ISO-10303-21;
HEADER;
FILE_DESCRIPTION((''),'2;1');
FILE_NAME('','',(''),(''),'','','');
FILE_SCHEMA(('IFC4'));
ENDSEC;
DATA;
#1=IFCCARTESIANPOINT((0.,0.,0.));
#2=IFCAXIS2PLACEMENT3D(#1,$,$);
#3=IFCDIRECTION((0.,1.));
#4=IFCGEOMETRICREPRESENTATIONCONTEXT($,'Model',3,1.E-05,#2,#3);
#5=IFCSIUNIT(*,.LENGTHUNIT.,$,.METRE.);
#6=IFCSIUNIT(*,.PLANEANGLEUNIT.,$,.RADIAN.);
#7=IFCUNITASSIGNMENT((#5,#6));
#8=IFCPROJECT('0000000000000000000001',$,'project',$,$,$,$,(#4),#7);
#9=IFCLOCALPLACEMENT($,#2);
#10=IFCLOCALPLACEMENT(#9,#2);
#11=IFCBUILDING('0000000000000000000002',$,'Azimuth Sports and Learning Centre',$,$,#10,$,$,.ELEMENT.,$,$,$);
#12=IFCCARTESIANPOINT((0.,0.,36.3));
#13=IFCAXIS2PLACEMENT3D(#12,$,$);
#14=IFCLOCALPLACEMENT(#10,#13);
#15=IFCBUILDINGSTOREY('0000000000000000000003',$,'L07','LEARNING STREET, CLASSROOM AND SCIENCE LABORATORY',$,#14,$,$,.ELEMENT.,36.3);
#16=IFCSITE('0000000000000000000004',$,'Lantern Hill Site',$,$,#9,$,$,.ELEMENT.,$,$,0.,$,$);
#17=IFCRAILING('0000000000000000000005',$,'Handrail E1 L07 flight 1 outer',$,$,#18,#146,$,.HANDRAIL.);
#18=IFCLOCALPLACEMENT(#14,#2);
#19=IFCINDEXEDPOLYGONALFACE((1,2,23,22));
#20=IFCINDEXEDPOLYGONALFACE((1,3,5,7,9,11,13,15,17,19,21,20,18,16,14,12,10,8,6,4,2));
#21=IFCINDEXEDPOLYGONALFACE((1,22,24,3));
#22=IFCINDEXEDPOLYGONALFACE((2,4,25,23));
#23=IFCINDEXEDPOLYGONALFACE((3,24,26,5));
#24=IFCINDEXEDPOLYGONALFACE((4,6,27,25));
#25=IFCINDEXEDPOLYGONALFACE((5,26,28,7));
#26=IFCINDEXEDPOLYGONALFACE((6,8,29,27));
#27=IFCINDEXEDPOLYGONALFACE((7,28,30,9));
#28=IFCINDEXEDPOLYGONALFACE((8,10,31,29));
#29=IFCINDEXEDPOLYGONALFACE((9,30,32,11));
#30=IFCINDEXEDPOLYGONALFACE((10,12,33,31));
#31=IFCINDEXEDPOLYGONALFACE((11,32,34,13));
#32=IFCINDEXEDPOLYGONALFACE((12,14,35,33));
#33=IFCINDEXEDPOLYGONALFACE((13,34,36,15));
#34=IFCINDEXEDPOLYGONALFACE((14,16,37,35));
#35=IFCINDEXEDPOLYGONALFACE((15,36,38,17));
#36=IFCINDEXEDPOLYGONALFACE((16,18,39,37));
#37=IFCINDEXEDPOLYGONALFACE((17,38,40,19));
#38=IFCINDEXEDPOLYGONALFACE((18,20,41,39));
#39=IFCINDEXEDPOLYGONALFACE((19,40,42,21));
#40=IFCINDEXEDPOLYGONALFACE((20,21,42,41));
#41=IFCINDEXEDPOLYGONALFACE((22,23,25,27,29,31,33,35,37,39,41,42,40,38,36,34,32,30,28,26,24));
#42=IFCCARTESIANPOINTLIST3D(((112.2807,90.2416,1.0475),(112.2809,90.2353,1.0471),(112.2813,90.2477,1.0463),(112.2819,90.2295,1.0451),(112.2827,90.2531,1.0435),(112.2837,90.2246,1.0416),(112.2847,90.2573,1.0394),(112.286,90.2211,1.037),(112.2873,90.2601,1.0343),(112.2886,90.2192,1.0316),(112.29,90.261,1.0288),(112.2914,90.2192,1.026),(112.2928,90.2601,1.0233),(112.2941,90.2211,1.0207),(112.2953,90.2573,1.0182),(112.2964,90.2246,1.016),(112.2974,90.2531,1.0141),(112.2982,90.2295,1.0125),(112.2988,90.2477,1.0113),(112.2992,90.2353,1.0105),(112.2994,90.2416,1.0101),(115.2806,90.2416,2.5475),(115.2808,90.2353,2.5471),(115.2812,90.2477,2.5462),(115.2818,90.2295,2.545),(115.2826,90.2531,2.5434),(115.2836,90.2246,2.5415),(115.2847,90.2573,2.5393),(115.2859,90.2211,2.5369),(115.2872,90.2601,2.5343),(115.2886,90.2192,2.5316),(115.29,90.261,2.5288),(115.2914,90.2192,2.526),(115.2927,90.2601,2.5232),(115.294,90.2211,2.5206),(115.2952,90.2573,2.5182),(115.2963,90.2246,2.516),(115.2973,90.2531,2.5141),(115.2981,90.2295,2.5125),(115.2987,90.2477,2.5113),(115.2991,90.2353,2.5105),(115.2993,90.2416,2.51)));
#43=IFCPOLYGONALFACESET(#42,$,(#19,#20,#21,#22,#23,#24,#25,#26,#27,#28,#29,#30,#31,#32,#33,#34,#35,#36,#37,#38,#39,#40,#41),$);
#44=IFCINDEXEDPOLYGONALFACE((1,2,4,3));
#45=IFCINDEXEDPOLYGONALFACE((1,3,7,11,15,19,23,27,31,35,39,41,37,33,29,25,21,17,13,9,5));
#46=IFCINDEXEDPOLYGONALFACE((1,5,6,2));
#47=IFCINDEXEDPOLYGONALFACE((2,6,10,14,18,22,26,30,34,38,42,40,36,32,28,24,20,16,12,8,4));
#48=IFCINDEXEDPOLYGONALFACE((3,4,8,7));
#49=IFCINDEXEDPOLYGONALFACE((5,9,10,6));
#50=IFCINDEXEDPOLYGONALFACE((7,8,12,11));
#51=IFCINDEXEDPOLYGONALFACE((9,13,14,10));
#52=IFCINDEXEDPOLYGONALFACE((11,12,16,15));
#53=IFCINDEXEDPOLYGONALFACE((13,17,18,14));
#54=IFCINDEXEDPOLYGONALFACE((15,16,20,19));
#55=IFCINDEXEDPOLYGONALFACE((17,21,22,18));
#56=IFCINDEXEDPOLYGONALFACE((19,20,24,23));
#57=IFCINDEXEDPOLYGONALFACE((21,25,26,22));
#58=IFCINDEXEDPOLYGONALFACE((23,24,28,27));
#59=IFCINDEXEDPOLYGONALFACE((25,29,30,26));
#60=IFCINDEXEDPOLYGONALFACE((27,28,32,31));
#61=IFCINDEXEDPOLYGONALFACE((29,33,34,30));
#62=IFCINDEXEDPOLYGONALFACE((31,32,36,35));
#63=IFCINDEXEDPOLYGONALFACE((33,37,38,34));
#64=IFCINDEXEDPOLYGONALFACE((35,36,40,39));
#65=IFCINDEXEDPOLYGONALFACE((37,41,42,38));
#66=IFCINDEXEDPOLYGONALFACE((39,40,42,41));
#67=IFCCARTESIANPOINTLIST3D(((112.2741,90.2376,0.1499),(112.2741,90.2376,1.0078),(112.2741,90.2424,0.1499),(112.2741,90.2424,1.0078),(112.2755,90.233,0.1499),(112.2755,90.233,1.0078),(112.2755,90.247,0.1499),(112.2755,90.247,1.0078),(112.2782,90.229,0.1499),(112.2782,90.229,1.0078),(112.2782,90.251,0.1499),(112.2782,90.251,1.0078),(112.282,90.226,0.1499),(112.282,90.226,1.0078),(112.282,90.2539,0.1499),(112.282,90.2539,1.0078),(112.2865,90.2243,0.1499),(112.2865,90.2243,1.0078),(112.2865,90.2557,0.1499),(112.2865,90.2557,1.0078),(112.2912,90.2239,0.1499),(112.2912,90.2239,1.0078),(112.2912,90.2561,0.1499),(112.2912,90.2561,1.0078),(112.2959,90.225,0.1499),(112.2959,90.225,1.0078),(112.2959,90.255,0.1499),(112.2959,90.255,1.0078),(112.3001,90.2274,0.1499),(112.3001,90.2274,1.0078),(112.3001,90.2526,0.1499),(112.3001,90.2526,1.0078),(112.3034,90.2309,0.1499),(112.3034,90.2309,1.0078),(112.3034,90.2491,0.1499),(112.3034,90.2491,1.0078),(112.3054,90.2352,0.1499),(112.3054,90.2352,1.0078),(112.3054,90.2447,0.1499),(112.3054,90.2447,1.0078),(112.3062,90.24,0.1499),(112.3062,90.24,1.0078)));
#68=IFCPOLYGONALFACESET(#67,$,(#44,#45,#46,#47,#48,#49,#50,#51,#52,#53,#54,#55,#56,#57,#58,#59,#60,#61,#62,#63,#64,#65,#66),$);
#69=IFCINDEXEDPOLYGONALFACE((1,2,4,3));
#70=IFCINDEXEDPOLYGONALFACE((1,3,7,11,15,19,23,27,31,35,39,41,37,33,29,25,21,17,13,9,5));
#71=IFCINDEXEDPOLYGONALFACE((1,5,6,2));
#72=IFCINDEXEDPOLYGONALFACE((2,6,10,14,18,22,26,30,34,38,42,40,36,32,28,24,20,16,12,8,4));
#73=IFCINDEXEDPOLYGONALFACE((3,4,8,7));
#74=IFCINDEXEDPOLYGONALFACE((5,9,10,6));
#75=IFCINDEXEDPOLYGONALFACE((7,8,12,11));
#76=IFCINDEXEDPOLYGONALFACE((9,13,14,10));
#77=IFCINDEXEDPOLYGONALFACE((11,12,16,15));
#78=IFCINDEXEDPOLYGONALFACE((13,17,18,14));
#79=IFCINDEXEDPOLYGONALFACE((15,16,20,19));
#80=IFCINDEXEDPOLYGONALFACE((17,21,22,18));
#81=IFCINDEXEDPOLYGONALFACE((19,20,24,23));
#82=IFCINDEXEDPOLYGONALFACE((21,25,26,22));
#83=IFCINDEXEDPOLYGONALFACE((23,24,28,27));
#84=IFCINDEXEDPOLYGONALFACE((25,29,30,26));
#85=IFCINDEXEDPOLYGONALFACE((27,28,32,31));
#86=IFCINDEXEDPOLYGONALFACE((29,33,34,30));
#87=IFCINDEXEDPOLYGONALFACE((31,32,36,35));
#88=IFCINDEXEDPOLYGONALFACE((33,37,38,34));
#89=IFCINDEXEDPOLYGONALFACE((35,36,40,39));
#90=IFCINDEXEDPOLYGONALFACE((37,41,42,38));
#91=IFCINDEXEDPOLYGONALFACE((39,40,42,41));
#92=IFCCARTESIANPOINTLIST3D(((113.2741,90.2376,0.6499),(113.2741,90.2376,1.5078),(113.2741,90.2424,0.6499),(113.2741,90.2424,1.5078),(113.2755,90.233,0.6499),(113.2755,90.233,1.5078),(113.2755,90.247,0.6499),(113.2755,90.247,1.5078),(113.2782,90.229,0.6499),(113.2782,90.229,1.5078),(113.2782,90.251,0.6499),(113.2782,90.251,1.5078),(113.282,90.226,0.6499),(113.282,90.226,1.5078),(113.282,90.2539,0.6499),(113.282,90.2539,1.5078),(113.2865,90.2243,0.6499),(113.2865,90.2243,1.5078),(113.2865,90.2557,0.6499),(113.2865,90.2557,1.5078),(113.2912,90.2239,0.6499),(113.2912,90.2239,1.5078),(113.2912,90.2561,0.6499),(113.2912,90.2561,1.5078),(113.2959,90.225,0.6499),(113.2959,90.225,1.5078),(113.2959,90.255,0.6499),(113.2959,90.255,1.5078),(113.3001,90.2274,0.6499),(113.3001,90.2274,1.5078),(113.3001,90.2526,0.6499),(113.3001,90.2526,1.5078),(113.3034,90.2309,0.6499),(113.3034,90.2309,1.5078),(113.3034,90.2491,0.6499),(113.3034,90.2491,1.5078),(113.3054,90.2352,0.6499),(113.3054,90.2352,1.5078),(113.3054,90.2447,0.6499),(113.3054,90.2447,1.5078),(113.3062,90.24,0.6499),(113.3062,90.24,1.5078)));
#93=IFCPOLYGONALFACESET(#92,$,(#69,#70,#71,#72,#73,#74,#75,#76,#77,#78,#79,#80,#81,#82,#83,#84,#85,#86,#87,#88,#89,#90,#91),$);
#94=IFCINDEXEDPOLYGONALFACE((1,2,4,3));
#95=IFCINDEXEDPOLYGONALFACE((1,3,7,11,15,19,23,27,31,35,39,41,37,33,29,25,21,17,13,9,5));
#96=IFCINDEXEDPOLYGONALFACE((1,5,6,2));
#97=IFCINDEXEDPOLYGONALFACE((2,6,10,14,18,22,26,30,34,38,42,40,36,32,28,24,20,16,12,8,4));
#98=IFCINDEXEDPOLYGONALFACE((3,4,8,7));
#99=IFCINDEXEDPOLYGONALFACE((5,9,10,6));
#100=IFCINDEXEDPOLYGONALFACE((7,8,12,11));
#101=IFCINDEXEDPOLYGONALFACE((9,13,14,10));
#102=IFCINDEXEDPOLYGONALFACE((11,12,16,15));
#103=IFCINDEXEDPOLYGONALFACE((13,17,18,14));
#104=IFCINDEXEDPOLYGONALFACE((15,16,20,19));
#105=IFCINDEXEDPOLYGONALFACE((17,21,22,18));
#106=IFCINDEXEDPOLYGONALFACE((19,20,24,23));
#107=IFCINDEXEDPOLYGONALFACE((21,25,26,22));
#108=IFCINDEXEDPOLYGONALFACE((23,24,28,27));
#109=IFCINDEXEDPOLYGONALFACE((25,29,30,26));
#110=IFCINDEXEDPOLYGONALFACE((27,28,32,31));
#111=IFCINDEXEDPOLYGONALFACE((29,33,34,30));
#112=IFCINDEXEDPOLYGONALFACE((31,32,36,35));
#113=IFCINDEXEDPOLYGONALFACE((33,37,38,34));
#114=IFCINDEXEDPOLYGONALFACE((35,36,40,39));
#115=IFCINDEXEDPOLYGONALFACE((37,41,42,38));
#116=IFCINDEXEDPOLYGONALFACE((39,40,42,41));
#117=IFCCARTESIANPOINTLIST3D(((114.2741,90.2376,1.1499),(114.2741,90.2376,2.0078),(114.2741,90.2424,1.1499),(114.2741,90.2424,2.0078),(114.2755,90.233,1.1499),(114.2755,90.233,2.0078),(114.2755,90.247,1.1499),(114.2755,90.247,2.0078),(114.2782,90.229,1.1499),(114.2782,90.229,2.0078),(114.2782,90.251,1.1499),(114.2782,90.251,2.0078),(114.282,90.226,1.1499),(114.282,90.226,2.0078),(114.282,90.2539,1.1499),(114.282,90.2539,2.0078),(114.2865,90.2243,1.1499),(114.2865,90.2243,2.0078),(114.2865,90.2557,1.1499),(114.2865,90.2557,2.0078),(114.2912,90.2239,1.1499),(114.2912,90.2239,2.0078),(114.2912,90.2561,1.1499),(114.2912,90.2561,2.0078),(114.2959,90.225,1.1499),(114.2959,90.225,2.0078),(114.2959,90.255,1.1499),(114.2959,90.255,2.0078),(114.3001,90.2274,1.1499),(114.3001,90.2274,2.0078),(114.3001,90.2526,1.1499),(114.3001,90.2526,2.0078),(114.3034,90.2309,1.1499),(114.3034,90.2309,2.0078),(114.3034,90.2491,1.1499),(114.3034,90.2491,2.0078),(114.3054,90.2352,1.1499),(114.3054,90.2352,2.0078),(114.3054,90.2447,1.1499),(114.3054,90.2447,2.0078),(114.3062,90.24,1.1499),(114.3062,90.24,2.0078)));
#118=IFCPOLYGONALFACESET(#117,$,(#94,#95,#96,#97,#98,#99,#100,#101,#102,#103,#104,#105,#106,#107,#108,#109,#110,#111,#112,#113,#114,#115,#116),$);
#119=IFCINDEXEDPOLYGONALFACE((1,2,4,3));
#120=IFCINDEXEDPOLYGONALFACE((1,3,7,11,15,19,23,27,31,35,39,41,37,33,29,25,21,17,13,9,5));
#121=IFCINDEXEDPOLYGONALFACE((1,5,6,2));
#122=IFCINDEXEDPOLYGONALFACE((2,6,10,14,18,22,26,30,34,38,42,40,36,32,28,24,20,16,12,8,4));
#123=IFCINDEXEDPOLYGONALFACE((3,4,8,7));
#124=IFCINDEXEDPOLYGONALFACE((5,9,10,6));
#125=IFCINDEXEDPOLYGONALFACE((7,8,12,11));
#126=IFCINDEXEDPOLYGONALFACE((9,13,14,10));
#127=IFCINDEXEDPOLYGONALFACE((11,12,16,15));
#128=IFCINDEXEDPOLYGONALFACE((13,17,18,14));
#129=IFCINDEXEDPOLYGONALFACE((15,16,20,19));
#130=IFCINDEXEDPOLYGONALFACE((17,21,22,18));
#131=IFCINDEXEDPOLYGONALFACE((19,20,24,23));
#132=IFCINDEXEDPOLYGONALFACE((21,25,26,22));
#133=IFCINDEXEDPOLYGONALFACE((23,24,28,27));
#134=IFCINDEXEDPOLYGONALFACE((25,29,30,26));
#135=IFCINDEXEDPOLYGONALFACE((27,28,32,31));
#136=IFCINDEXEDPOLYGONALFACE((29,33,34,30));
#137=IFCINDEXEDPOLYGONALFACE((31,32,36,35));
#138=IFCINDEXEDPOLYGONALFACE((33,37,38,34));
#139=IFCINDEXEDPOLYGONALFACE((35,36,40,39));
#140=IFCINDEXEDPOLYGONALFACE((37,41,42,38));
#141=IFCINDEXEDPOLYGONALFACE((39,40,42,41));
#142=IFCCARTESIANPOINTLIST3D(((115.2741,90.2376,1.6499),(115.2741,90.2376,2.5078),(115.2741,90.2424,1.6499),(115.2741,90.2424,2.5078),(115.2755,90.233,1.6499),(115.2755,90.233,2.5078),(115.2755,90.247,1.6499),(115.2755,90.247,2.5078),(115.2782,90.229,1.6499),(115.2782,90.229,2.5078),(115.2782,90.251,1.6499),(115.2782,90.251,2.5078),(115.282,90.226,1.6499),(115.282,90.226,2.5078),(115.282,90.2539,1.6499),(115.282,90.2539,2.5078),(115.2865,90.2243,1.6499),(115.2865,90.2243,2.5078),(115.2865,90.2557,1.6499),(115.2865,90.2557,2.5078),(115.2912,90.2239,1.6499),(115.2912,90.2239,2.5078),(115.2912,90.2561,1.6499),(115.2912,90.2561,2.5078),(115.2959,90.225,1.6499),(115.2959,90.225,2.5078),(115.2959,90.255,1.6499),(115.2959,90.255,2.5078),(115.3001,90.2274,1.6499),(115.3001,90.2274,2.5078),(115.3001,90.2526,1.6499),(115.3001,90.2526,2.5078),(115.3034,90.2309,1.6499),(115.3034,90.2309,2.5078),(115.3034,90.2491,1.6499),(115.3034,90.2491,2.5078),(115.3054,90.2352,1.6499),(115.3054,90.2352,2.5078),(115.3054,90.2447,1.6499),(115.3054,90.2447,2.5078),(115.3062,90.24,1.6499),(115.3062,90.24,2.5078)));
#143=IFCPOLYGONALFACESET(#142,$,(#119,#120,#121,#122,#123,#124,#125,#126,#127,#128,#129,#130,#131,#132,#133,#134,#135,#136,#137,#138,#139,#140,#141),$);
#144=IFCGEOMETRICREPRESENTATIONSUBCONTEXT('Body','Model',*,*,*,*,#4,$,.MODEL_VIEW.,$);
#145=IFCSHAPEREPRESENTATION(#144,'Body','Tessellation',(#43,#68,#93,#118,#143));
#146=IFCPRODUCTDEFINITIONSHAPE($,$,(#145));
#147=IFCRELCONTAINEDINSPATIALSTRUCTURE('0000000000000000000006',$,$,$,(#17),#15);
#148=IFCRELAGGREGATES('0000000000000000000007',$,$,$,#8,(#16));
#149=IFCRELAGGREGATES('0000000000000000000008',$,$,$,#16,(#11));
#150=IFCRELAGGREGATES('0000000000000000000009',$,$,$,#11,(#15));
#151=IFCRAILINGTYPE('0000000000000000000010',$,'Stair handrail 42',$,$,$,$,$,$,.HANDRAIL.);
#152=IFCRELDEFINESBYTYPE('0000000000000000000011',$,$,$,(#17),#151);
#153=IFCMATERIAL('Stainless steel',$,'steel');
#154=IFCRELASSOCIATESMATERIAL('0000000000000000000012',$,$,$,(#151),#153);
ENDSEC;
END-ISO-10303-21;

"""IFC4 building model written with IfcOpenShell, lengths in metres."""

from ifc_helpers import new_model, si_unit, direction, frame, origin, origin_2d, place, context, subcontext, project, spatial, circle, extrude, material, type_object, element, save


model = new_model("IFC4")

# Units and contexts
model_context = context("Model", 3, precision=1e-05, world=origin(), true_north=direction((0.0, 1.0)))
body_context = subcontext(model_context, "Body", "Model", "MODEL_VIEW")
ifc_project = project(units=[si_unit("LENGTHUNIT", "METRE"), si_unit("PLANEANGLEUNIT", "RADIAN")], contexts=[model_context])

# Site, building, storey
site_placement = place(None, origin())
site = spatial("IfcSite", under=ifc_project, at=site_placement, Name="Lantern Hill Site", CompositionType="ELEMENT", RefElevation=0.0)
building_placement = place(site_placement, origin())
building = spatial("IfcBuilding", under=site, at=building_placement, Name="Azimuth Sports and Learning Centre", CompositionType="ELEMENT")
storey_placement = place(building_placement, frame((0.0, 0.0, 36.3)))
storey = spatial("IfcBuildingStorey", under=building, at=storey_placement, Name="L07", Description="LEARNING STREET, CLASSROOM AND SCIENCE LABORATORY", CompositionType="ELEMENT", Elevation=36.3)

# Railing
ifc_material_1 = material(Name="Stainless steel", Category="steel")
railing_type_1 = type_object("IfcRailingType", Name="Stair handrail 42", PredefinedType="HANDRAIL", material=ifc_material_1)
for number, where, name in (
    (1, (112.29, 90.24, 0.1499), "Handrail E1 L07 flight 1 outer"),
):
    element("IfcRailing", number, at=place(storey_placement, frame(where)), inside=storey, type_object=railing_type_1, Name=name, PredefinedType="HANDRAIL", context=body_context, shape_type="SweptSolid", body=[
        extrude(circle(Radius=0.021, at=origin_2d()), frame((0.0, 0.0, 0.8789), z_axis=(0.894427, 0.0, 0.447214), x_axis=(0.0, 1.0, 0.0)), (0.0, 0.0, 1.0), 3.354),
        extrude(circle(Radius=0.0161, at=origin_2d()), origin(), (0.0, 0.0, 1.0), 0.8579),
        extrude(circle(Radius=0.0161, at=origin_2d()), frame((1.0, 0.0, 0.5)), (0.0, 0.0, 1.0), 0.8579),
        extrude(circle(Radius=0.0161, at=origin_2d()), frame((2.0, 0.0, 1.0)), (0.0, 0.0, 1.0), 0.8579),
        extrude(circle(Radius=0.0161, at=origin_2d()), frame((3.0, 0.0, 1.5)), (0.0, 0.0, 1.0), 0.8579),
    ])

save(model, "model.ifc")
